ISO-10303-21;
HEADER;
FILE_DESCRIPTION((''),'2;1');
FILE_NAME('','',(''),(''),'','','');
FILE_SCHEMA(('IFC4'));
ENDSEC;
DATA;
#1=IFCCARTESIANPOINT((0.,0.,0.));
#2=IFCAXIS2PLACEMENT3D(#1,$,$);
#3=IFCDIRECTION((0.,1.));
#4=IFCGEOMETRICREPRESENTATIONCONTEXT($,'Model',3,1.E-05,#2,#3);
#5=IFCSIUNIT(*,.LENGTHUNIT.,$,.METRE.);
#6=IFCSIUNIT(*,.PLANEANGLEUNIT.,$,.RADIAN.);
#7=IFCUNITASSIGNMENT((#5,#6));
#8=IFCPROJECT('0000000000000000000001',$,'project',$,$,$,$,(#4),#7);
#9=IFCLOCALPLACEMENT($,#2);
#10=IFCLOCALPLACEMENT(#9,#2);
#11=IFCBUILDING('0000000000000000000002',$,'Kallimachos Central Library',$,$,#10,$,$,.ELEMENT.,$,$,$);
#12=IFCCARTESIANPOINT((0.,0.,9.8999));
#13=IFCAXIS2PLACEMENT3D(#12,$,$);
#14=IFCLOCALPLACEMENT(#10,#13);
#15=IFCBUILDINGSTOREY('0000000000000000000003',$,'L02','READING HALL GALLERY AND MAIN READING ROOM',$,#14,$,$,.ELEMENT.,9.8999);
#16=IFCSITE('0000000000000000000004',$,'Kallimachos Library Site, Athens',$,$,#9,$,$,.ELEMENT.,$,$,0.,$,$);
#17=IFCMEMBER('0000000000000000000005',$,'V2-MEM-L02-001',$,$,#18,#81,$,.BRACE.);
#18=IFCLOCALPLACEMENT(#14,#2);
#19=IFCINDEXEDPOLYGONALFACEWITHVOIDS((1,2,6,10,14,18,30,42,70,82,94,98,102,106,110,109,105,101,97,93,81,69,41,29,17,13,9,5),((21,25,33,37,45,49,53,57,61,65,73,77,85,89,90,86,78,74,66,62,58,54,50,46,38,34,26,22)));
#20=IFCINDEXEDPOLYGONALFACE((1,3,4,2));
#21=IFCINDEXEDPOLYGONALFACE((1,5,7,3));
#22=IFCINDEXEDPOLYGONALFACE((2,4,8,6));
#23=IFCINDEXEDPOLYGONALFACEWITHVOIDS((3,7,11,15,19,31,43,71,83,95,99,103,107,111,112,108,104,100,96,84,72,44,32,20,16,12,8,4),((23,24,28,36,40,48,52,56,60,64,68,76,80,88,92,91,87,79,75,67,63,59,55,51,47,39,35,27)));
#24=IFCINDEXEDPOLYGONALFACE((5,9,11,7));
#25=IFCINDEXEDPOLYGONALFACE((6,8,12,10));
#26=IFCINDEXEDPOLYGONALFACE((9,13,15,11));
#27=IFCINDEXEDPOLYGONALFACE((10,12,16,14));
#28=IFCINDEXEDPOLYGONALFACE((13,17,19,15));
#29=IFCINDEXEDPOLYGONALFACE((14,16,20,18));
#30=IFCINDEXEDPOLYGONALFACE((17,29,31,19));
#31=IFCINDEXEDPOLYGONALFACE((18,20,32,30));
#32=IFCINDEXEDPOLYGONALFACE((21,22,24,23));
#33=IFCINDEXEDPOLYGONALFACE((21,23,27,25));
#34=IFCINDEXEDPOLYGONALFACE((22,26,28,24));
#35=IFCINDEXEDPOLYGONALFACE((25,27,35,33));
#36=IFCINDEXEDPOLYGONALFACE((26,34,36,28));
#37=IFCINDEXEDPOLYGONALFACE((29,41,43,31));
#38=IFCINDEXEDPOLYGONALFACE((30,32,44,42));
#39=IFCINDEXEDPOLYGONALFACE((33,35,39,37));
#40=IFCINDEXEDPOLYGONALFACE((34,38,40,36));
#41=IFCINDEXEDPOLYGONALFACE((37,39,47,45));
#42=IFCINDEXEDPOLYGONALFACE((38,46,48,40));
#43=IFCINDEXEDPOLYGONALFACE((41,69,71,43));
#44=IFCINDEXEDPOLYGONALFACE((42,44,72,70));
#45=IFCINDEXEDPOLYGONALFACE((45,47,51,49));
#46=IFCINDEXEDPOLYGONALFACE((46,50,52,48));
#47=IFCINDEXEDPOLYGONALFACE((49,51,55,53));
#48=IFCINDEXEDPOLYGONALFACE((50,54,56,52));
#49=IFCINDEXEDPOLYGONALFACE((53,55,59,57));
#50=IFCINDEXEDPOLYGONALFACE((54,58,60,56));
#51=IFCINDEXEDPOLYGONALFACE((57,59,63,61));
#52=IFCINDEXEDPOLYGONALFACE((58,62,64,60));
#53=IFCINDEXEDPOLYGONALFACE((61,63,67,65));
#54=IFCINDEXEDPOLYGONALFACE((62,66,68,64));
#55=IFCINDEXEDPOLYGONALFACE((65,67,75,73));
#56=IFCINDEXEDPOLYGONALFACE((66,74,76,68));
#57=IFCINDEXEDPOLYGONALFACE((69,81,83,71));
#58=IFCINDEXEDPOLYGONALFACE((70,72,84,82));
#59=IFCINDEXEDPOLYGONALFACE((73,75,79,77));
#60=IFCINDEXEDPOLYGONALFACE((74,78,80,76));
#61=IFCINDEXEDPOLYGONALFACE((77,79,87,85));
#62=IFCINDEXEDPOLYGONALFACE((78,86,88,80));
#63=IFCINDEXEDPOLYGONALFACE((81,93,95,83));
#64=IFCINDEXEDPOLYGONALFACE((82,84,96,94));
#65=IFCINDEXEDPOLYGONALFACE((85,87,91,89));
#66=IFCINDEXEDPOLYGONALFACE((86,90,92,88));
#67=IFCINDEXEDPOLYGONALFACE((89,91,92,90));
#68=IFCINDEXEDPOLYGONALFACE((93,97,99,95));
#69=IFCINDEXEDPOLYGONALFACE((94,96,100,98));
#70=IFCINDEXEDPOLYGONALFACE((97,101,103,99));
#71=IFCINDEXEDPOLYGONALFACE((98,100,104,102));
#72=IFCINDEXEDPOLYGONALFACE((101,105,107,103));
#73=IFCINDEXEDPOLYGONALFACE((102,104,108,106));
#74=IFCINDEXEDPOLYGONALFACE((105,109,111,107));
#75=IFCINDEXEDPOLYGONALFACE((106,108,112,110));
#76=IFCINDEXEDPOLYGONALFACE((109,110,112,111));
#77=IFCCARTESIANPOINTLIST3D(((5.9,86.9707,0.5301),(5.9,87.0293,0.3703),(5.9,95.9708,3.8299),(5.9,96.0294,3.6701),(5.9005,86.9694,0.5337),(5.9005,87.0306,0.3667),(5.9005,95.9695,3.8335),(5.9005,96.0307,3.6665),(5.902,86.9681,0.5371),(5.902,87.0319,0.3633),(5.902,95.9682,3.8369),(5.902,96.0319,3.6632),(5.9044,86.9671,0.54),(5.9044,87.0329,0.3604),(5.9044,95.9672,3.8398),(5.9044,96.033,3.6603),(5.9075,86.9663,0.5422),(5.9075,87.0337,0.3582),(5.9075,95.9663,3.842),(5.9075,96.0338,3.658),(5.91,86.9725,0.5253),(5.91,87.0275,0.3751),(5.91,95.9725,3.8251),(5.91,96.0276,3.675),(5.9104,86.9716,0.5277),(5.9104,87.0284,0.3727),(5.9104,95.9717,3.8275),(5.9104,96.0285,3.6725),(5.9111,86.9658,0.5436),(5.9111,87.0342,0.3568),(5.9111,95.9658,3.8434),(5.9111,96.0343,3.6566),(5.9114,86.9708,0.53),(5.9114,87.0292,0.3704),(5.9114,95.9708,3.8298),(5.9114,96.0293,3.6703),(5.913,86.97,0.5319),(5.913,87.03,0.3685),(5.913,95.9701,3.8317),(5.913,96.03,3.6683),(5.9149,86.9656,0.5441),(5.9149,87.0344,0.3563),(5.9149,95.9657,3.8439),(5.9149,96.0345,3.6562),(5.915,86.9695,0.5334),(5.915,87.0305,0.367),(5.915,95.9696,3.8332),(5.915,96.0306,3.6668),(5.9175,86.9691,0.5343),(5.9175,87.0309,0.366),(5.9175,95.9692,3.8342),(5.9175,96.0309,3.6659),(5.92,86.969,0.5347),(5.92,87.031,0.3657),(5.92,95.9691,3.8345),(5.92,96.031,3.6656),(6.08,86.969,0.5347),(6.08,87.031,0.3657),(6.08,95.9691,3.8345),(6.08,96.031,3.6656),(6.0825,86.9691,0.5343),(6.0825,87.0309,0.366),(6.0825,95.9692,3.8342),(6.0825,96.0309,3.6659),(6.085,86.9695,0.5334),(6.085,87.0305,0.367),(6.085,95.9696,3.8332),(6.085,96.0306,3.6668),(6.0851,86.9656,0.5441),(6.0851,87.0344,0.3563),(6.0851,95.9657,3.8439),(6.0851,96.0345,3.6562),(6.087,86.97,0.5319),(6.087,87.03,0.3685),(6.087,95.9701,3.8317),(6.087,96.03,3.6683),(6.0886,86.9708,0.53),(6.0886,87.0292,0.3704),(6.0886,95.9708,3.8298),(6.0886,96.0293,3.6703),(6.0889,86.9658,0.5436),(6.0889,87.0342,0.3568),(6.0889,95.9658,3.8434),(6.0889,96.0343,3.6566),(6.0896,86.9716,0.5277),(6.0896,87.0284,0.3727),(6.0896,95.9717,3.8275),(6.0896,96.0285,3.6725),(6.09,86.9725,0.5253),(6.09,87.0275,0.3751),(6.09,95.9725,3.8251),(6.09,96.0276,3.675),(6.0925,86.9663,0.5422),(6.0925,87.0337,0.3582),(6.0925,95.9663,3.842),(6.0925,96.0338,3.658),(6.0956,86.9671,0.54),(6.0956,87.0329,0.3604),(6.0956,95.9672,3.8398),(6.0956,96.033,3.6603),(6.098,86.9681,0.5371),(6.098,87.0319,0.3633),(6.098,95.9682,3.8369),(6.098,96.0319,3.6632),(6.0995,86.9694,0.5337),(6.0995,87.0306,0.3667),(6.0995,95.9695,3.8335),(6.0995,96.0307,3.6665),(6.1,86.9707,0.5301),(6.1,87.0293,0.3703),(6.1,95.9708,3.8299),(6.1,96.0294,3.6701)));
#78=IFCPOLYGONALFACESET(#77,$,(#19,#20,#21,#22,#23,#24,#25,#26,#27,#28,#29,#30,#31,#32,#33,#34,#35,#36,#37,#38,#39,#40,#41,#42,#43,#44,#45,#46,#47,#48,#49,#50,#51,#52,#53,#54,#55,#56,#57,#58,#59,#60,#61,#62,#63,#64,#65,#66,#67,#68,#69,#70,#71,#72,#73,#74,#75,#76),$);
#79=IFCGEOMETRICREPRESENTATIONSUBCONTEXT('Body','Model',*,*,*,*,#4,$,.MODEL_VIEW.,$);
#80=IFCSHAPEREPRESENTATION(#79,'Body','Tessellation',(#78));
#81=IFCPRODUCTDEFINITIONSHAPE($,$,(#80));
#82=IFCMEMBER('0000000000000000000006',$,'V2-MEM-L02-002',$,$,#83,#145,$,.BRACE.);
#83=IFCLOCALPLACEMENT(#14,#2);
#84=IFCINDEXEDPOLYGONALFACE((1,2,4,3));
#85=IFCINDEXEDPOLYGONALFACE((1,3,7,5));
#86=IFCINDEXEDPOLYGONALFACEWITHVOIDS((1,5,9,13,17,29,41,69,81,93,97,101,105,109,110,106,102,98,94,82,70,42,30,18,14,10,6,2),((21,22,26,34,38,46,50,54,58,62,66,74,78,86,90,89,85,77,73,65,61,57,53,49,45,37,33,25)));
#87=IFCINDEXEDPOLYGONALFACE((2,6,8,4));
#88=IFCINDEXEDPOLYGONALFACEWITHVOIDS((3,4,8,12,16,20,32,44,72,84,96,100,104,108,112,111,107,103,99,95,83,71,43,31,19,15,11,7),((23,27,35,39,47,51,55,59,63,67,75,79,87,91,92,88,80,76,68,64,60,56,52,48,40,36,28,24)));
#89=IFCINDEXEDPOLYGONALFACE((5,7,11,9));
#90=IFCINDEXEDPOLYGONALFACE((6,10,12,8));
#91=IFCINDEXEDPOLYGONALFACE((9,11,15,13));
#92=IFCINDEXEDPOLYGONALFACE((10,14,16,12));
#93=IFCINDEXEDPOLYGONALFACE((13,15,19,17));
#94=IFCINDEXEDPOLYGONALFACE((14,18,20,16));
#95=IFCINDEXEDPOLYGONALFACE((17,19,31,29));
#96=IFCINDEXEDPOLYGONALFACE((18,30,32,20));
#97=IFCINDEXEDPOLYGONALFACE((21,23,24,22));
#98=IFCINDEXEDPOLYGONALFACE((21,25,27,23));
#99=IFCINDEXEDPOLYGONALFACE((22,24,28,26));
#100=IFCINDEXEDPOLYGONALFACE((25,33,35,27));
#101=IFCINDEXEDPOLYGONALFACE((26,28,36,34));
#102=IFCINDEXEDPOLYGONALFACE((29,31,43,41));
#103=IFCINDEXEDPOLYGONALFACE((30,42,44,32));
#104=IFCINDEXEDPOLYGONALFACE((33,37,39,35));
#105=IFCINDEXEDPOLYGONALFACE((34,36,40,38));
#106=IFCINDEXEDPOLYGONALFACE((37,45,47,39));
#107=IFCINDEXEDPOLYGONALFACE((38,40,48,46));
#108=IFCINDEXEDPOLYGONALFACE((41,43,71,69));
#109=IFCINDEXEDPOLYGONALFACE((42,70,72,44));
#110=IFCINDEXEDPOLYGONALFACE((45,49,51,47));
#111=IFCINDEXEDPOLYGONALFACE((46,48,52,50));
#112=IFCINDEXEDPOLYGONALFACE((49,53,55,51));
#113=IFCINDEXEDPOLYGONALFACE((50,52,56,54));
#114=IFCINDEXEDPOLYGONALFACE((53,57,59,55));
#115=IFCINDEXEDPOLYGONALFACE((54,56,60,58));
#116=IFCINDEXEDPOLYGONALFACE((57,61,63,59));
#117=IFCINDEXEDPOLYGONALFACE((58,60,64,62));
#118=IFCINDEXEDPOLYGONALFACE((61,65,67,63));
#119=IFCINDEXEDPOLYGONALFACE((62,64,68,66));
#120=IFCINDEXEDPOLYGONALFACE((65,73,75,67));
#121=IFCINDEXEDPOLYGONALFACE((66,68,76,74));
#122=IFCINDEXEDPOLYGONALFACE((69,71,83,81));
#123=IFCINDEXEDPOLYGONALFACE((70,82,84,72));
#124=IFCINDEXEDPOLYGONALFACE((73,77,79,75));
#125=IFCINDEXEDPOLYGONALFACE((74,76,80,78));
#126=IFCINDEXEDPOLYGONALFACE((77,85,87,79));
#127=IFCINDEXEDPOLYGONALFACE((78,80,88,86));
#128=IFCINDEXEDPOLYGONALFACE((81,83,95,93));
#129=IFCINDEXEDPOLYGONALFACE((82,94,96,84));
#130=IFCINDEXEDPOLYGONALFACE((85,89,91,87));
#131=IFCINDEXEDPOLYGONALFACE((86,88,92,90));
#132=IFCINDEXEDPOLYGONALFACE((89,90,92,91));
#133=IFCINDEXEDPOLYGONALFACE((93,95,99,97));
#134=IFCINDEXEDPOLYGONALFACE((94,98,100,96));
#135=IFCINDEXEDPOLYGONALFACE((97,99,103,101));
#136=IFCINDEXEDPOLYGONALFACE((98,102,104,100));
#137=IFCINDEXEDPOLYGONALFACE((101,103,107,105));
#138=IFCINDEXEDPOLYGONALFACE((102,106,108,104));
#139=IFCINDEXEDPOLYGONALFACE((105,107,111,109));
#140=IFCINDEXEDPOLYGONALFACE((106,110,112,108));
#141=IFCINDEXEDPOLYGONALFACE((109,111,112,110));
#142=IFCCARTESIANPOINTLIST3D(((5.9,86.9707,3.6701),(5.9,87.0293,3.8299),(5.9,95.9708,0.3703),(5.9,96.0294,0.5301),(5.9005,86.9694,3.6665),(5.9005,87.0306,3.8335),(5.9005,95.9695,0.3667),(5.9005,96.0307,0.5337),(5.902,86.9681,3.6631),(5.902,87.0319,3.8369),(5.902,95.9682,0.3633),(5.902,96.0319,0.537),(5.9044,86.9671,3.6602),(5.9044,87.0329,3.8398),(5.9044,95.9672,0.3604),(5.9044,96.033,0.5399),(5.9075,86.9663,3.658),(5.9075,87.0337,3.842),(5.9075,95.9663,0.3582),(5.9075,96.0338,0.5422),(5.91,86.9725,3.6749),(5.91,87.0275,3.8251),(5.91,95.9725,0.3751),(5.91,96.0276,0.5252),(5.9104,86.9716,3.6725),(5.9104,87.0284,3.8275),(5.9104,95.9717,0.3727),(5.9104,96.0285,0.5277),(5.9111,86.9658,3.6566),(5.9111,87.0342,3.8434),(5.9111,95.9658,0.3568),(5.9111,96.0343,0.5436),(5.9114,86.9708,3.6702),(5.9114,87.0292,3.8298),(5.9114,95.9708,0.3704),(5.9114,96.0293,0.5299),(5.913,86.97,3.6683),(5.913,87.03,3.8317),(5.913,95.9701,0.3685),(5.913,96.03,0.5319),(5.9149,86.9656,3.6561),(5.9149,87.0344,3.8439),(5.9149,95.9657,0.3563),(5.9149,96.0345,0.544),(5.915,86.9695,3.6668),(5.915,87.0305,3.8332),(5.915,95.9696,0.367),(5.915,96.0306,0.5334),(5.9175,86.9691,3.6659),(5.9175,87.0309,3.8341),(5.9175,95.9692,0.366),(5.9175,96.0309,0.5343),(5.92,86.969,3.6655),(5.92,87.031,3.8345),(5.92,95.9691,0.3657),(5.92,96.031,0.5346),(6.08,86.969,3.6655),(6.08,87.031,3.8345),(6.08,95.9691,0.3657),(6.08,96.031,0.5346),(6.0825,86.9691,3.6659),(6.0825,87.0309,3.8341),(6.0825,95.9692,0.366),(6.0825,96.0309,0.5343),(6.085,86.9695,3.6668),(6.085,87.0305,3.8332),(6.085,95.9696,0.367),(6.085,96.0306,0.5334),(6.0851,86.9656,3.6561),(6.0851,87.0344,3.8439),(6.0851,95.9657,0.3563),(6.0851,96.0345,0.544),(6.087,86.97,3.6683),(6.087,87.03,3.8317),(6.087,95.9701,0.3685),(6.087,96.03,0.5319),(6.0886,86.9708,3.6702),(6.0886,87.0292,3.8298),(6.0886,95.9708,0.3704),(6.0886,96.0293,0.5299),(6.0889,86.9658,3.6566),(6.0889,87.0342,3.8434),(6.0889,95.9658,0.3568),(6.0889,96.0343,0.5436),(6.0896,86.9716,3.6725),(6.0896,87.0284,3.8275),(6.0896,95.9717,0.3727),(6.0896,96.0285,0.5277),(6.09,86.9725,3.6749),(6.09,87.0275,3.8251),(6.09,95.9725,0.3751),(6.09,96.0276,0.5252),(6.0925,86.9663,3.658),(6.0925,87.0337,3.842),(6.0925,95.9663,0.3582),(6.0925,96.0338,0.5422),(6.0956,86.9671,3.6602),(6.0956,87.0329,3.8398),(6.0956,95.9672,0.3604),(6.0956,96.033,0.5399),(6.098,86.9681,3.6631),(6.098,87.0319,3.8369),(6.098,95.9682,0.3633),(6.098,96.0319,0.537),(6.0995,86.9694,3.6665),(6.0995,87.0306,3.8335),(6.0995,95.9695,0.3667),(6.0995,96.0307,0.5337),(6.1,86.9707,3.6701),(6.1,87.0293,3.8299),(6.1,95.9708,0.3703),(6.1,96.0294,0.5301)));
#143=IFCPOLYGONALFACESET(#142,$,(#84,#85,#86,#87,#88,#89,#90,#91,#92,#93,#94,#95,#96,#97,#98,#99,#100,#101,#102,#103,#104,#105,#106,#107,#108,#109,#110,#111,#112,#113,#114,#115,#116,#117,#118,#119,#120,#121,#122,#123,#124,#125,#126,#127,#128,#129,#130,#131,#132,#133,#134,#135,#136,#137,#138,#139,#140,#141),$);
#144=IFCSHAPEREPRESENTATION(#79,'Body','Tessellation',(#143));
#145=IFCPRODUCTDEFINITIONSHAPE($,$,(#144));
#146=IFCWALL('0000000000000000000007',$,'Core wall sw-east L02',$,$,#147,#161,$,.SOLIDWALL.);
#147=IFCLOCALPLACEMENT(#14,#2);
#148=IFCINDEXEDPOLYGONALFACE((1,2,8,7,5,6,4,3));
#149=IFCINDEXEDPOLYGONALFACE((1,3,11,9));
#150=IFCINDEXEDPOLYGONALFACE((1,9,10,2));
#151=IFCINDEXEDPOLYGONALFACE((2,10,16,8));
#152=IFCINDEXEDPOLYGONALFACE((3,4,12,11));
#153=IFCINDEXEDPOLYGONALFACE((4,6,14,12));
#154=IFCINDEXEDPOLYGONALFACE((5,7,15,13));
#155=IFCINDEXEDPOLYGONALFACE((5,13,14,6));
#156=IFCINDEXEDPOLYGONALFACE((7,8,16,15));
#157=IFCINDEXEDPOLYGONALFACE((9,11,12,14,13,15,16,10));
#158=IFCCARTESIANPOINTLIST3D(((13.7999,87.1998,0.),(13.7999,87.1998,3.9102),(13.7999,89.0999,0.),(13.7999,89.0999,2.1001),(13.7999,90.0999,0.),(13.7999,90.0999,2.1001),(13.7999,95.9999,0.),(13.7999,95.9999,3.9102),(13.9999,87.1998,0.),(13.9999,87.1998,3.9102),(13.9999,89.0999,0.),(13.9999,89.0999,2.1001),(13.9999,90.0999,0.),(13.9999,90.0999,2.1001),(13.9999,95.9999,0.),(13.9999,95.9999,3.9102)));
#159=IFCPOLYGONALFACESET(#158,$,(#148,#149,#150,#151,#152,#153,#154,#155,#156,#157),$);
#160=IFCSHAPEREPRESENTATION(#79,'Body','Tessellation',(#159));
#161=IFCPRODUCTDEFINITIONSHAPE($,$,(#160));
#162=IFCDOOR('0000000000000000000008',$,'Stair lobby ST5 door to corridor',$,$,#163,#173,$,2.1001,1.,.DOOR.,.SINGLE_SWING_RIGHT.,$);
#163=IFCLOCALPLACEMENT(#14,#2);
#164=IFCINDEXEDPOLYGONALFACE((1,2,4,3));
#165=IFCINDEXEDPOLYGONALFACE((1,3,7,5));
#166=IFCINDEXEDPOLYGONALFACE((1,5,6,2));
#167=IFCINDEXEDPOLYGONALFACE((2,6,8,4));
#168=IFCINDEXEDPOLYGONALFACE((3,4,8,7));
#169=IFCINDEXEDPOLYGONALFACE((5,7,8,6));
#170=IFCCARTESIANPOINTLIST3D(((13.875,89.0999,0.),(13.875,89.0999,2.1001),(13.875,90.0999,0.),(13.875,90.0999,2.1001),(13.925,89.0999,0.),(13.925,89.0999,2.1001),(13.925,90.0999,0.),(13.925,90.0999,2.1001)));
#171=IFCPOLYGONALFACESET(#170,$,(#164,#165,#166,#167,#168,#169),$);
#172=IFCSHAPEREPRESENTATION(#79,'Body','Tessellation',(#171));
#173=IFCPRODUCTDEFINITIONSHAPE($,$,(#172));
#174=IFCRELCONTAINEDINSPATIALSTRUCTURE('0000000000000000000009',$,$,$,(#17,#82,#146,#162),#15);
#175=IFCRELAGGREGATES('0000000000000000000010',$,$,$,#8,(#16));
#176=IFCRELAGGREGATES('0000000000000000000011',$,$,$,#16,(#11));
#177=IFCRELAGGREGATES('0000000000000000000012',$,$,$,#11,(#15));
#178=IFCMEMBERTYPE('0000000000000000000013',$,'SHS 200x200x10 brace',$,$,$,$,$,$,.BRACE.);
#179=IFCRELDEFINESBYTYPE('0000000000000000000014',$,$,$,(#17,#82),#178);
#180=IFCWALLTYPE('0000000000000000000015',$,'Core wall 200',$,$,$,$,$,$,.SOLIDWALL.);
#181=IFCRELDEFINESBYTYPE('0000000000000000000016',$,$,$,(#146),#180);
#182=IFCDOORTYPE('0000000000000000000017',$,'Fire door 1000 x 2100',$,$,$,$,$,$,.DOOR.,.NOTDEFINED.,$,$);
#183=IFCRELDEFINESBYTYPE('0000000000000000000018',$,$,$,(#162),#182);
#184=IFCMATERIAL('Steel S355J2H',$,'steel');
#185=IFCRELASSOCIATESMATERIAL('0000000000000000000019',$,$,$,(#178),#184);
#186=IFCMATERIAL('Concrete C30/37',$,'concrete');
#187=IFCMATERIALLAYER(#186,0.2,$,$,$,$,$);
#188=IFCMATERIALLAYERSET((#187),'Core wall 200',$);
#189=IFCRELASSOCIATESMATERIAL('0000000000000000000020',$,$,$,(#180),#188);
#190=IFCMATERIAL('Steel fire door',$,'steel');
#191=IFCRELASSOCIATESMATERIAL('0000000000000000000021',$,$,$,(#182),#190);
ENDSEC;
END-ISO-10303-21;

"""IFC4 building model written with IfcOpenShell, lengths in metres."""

from ifc_helpers import new_model, si_unit, direction, frame, frame_2d, origin, origin_2d, place, context, subcontext, project, spatial, rectangle, hollow_rectangle, extrude, material, layer, layer_set, material_profile, profile_set, type_object, element, fill, save


model = new_model("IFC4")

# Units and contexts
model_context = context("Model", 3, precision=1e-05, world=origin(), true_north=direction((0.0, 1.0)))
body_context = subcontext(model_context, "Body", "Model", "MODEL_VIEW")
ifc_project = project(units=[si_unit("LENGTHUNIT", "METRE"), si_unit("PLANEANGLEUNIT", "RADIAN")], contexts=[model_context])

# Site, building, storey
site_placement = place(None, origin())
site = spatial("IfcSite", under=ifc_project, at=site_placement, Name="Kallimachos Library Site, Athens", CompositionType="ELEMENT", RefElevation=0.0)
building_placement = place(site_placement, origin())
building = spatial("IfcBuilding", under=site, at=building_placement, Name="Kallimachos Central Library", CompositionType="ELEMENT")
storey_placement = place(building_placement, frame((0.0, 0.0, 9.8999)))
storey = spatial("IfcBuildingStorey", under=building, at=storey_placement, Name="L02", Description="READING HALL GALLERY AND MAIN READING ROOM", CompositionType="ELEMENT", Elevation=9.8999)

# Members
ifc_material_1 = material(Name="Steel S355J2H", Category="steel")
ifc_material_profile_1 = material_profile(ifc_material_1, hollow_rectangle(XDim=0.2, YDim=0.2, WallThickness=0.01, InnerFilletRadius=0.01, OuterFilletRadius=0.0149, at=origin_2d()), Name="SHS 200x200x10")
ifc_profile_set_1 = profile_set([ifc_material_profile_1], Name="Steel S355J2H")
member_type = type_object("IfcMemberType", Name="SHS 200x200x10 brace", PredefinedType="BRACE", material=ifc_profile_set_1)
for number, where, z_axis, x_axis, name in (
    (1, (6.0, 87.0, 0.4502), (0.0, 0.938883, 0.344237), (-1.0, 0.0, 0.0), "V2-MEM-L02-001"),
    (2, (6.0, 87.0, 3.75), (0.0, 0.938883, -0.344237), (-1.0, 0.0, 0.0), "V2-MEM-L02-002"),
):
    element("IfcMember", number, at=place(storey_placement, frame(where, z_axis=z_axis, x_axis=x_axis)), inside=storey, type_object=member_type, Name=name, PredefinedType="BRACE", context=body_context, shape_type="SweptSolid", body=[
        extrude(hollow_rectangle(XDim=0.2, YDim=0.2, WallThickness=0.01, InnerFilletRadius=0.01, OuterFilletRadius=0.0149, at=origin_2d()), origin(), (0.0, 0.0, 1.0), 9.5859),
    ])

# Wall, opening, door
ifc_material_2 = material(Name="Concrete C30/37", Category="concrete")
ifc_layer_1 = layer(ifc_material_2, 0.2)
ifc_layer_set_1 = layer_set([ifc_layer_1], Name="Core wall 200")
wall_type_1 = type_object("IfcWallType", Name="Core wall 200", PredefinedType="SOLIDWALL", material=ifc_layer_set_1)
wall_1_placement = place(storey_placement, frame((13.8999, 87.2, 0.0), z_axis=(0.0, 0.0, 1.0), x_axis=(0.0, 1.0, 0.0)))
wall_1 = element("IfcWall", 3, at=wall_1_placement, inside=storey, type_object=wall_type_1, Name="Core wall sw-east L02", PredefinedType="SOLIDWALL", context=body_context, shape_type="SweptSolid", body=[
    extrude(rectangle(XDim=8.8, YDim=0.2, at=frame_2d((4.3999, 0.0))), origin(), (0.0, 0.0, 1.0), 3.9102),
])
opening_1_placement = place(wall_1_placement, frame((1.8999, 0.0, 0.0)))
opening_1 = element("IfcOpeningElement", 4, at=opening_1_placement, cuts=wall_1, PredefinedType="OPENING", context=body_context, shape_type="SweptSolid", body=[
    extrude(rectangle(XDim=1.0, YDim=2.1001, at=frame_2d((0.5, 1.05))), frame((0.0, 0.1099, 0.0), z_axis=(0.0, -1.0, 0.0), x_axis=(1.0, 0.0, 0.0)), (0.0, 0.0, 1.0), 0.22),
])
ifc_material_3 = material(Name="Steel fire door", Category="steel")
door_type = type_object("IfcDoorType", Name="Fire door 1000 x 2100", OperationType="NOTDEFINED", PredefinedType="DOOR", material=ifc_material_3)
door_1_placement = place(opening_1_placement, origin())
door_1 = element("IfcDoor", 5, at=door_1_placement, inside=storey, type_object=door_type, Name="Stair lobby ST5 door to corridor", OperationType="SINGLE_SWING_RIGHT", OverallHeight=2.1001, OverallWidth=1.0, PredefinedType="DOOR", context=body_context, shape_type="SweptSolid", body=[
    extrude(rectangle(XDim=1.0, YDim=2.1001, at=frame_2d((0.5, 1.05))), frame((0.0, 0.0249, 0.0), z_axis=(0.0, -1.0, 0.0), x_axis=(1.0, 0.0, 0.0)), (0.0, 0.0, 1.0), 0.05),
])
fill(opening_1, door_1)

save(model, "model.ifc")
